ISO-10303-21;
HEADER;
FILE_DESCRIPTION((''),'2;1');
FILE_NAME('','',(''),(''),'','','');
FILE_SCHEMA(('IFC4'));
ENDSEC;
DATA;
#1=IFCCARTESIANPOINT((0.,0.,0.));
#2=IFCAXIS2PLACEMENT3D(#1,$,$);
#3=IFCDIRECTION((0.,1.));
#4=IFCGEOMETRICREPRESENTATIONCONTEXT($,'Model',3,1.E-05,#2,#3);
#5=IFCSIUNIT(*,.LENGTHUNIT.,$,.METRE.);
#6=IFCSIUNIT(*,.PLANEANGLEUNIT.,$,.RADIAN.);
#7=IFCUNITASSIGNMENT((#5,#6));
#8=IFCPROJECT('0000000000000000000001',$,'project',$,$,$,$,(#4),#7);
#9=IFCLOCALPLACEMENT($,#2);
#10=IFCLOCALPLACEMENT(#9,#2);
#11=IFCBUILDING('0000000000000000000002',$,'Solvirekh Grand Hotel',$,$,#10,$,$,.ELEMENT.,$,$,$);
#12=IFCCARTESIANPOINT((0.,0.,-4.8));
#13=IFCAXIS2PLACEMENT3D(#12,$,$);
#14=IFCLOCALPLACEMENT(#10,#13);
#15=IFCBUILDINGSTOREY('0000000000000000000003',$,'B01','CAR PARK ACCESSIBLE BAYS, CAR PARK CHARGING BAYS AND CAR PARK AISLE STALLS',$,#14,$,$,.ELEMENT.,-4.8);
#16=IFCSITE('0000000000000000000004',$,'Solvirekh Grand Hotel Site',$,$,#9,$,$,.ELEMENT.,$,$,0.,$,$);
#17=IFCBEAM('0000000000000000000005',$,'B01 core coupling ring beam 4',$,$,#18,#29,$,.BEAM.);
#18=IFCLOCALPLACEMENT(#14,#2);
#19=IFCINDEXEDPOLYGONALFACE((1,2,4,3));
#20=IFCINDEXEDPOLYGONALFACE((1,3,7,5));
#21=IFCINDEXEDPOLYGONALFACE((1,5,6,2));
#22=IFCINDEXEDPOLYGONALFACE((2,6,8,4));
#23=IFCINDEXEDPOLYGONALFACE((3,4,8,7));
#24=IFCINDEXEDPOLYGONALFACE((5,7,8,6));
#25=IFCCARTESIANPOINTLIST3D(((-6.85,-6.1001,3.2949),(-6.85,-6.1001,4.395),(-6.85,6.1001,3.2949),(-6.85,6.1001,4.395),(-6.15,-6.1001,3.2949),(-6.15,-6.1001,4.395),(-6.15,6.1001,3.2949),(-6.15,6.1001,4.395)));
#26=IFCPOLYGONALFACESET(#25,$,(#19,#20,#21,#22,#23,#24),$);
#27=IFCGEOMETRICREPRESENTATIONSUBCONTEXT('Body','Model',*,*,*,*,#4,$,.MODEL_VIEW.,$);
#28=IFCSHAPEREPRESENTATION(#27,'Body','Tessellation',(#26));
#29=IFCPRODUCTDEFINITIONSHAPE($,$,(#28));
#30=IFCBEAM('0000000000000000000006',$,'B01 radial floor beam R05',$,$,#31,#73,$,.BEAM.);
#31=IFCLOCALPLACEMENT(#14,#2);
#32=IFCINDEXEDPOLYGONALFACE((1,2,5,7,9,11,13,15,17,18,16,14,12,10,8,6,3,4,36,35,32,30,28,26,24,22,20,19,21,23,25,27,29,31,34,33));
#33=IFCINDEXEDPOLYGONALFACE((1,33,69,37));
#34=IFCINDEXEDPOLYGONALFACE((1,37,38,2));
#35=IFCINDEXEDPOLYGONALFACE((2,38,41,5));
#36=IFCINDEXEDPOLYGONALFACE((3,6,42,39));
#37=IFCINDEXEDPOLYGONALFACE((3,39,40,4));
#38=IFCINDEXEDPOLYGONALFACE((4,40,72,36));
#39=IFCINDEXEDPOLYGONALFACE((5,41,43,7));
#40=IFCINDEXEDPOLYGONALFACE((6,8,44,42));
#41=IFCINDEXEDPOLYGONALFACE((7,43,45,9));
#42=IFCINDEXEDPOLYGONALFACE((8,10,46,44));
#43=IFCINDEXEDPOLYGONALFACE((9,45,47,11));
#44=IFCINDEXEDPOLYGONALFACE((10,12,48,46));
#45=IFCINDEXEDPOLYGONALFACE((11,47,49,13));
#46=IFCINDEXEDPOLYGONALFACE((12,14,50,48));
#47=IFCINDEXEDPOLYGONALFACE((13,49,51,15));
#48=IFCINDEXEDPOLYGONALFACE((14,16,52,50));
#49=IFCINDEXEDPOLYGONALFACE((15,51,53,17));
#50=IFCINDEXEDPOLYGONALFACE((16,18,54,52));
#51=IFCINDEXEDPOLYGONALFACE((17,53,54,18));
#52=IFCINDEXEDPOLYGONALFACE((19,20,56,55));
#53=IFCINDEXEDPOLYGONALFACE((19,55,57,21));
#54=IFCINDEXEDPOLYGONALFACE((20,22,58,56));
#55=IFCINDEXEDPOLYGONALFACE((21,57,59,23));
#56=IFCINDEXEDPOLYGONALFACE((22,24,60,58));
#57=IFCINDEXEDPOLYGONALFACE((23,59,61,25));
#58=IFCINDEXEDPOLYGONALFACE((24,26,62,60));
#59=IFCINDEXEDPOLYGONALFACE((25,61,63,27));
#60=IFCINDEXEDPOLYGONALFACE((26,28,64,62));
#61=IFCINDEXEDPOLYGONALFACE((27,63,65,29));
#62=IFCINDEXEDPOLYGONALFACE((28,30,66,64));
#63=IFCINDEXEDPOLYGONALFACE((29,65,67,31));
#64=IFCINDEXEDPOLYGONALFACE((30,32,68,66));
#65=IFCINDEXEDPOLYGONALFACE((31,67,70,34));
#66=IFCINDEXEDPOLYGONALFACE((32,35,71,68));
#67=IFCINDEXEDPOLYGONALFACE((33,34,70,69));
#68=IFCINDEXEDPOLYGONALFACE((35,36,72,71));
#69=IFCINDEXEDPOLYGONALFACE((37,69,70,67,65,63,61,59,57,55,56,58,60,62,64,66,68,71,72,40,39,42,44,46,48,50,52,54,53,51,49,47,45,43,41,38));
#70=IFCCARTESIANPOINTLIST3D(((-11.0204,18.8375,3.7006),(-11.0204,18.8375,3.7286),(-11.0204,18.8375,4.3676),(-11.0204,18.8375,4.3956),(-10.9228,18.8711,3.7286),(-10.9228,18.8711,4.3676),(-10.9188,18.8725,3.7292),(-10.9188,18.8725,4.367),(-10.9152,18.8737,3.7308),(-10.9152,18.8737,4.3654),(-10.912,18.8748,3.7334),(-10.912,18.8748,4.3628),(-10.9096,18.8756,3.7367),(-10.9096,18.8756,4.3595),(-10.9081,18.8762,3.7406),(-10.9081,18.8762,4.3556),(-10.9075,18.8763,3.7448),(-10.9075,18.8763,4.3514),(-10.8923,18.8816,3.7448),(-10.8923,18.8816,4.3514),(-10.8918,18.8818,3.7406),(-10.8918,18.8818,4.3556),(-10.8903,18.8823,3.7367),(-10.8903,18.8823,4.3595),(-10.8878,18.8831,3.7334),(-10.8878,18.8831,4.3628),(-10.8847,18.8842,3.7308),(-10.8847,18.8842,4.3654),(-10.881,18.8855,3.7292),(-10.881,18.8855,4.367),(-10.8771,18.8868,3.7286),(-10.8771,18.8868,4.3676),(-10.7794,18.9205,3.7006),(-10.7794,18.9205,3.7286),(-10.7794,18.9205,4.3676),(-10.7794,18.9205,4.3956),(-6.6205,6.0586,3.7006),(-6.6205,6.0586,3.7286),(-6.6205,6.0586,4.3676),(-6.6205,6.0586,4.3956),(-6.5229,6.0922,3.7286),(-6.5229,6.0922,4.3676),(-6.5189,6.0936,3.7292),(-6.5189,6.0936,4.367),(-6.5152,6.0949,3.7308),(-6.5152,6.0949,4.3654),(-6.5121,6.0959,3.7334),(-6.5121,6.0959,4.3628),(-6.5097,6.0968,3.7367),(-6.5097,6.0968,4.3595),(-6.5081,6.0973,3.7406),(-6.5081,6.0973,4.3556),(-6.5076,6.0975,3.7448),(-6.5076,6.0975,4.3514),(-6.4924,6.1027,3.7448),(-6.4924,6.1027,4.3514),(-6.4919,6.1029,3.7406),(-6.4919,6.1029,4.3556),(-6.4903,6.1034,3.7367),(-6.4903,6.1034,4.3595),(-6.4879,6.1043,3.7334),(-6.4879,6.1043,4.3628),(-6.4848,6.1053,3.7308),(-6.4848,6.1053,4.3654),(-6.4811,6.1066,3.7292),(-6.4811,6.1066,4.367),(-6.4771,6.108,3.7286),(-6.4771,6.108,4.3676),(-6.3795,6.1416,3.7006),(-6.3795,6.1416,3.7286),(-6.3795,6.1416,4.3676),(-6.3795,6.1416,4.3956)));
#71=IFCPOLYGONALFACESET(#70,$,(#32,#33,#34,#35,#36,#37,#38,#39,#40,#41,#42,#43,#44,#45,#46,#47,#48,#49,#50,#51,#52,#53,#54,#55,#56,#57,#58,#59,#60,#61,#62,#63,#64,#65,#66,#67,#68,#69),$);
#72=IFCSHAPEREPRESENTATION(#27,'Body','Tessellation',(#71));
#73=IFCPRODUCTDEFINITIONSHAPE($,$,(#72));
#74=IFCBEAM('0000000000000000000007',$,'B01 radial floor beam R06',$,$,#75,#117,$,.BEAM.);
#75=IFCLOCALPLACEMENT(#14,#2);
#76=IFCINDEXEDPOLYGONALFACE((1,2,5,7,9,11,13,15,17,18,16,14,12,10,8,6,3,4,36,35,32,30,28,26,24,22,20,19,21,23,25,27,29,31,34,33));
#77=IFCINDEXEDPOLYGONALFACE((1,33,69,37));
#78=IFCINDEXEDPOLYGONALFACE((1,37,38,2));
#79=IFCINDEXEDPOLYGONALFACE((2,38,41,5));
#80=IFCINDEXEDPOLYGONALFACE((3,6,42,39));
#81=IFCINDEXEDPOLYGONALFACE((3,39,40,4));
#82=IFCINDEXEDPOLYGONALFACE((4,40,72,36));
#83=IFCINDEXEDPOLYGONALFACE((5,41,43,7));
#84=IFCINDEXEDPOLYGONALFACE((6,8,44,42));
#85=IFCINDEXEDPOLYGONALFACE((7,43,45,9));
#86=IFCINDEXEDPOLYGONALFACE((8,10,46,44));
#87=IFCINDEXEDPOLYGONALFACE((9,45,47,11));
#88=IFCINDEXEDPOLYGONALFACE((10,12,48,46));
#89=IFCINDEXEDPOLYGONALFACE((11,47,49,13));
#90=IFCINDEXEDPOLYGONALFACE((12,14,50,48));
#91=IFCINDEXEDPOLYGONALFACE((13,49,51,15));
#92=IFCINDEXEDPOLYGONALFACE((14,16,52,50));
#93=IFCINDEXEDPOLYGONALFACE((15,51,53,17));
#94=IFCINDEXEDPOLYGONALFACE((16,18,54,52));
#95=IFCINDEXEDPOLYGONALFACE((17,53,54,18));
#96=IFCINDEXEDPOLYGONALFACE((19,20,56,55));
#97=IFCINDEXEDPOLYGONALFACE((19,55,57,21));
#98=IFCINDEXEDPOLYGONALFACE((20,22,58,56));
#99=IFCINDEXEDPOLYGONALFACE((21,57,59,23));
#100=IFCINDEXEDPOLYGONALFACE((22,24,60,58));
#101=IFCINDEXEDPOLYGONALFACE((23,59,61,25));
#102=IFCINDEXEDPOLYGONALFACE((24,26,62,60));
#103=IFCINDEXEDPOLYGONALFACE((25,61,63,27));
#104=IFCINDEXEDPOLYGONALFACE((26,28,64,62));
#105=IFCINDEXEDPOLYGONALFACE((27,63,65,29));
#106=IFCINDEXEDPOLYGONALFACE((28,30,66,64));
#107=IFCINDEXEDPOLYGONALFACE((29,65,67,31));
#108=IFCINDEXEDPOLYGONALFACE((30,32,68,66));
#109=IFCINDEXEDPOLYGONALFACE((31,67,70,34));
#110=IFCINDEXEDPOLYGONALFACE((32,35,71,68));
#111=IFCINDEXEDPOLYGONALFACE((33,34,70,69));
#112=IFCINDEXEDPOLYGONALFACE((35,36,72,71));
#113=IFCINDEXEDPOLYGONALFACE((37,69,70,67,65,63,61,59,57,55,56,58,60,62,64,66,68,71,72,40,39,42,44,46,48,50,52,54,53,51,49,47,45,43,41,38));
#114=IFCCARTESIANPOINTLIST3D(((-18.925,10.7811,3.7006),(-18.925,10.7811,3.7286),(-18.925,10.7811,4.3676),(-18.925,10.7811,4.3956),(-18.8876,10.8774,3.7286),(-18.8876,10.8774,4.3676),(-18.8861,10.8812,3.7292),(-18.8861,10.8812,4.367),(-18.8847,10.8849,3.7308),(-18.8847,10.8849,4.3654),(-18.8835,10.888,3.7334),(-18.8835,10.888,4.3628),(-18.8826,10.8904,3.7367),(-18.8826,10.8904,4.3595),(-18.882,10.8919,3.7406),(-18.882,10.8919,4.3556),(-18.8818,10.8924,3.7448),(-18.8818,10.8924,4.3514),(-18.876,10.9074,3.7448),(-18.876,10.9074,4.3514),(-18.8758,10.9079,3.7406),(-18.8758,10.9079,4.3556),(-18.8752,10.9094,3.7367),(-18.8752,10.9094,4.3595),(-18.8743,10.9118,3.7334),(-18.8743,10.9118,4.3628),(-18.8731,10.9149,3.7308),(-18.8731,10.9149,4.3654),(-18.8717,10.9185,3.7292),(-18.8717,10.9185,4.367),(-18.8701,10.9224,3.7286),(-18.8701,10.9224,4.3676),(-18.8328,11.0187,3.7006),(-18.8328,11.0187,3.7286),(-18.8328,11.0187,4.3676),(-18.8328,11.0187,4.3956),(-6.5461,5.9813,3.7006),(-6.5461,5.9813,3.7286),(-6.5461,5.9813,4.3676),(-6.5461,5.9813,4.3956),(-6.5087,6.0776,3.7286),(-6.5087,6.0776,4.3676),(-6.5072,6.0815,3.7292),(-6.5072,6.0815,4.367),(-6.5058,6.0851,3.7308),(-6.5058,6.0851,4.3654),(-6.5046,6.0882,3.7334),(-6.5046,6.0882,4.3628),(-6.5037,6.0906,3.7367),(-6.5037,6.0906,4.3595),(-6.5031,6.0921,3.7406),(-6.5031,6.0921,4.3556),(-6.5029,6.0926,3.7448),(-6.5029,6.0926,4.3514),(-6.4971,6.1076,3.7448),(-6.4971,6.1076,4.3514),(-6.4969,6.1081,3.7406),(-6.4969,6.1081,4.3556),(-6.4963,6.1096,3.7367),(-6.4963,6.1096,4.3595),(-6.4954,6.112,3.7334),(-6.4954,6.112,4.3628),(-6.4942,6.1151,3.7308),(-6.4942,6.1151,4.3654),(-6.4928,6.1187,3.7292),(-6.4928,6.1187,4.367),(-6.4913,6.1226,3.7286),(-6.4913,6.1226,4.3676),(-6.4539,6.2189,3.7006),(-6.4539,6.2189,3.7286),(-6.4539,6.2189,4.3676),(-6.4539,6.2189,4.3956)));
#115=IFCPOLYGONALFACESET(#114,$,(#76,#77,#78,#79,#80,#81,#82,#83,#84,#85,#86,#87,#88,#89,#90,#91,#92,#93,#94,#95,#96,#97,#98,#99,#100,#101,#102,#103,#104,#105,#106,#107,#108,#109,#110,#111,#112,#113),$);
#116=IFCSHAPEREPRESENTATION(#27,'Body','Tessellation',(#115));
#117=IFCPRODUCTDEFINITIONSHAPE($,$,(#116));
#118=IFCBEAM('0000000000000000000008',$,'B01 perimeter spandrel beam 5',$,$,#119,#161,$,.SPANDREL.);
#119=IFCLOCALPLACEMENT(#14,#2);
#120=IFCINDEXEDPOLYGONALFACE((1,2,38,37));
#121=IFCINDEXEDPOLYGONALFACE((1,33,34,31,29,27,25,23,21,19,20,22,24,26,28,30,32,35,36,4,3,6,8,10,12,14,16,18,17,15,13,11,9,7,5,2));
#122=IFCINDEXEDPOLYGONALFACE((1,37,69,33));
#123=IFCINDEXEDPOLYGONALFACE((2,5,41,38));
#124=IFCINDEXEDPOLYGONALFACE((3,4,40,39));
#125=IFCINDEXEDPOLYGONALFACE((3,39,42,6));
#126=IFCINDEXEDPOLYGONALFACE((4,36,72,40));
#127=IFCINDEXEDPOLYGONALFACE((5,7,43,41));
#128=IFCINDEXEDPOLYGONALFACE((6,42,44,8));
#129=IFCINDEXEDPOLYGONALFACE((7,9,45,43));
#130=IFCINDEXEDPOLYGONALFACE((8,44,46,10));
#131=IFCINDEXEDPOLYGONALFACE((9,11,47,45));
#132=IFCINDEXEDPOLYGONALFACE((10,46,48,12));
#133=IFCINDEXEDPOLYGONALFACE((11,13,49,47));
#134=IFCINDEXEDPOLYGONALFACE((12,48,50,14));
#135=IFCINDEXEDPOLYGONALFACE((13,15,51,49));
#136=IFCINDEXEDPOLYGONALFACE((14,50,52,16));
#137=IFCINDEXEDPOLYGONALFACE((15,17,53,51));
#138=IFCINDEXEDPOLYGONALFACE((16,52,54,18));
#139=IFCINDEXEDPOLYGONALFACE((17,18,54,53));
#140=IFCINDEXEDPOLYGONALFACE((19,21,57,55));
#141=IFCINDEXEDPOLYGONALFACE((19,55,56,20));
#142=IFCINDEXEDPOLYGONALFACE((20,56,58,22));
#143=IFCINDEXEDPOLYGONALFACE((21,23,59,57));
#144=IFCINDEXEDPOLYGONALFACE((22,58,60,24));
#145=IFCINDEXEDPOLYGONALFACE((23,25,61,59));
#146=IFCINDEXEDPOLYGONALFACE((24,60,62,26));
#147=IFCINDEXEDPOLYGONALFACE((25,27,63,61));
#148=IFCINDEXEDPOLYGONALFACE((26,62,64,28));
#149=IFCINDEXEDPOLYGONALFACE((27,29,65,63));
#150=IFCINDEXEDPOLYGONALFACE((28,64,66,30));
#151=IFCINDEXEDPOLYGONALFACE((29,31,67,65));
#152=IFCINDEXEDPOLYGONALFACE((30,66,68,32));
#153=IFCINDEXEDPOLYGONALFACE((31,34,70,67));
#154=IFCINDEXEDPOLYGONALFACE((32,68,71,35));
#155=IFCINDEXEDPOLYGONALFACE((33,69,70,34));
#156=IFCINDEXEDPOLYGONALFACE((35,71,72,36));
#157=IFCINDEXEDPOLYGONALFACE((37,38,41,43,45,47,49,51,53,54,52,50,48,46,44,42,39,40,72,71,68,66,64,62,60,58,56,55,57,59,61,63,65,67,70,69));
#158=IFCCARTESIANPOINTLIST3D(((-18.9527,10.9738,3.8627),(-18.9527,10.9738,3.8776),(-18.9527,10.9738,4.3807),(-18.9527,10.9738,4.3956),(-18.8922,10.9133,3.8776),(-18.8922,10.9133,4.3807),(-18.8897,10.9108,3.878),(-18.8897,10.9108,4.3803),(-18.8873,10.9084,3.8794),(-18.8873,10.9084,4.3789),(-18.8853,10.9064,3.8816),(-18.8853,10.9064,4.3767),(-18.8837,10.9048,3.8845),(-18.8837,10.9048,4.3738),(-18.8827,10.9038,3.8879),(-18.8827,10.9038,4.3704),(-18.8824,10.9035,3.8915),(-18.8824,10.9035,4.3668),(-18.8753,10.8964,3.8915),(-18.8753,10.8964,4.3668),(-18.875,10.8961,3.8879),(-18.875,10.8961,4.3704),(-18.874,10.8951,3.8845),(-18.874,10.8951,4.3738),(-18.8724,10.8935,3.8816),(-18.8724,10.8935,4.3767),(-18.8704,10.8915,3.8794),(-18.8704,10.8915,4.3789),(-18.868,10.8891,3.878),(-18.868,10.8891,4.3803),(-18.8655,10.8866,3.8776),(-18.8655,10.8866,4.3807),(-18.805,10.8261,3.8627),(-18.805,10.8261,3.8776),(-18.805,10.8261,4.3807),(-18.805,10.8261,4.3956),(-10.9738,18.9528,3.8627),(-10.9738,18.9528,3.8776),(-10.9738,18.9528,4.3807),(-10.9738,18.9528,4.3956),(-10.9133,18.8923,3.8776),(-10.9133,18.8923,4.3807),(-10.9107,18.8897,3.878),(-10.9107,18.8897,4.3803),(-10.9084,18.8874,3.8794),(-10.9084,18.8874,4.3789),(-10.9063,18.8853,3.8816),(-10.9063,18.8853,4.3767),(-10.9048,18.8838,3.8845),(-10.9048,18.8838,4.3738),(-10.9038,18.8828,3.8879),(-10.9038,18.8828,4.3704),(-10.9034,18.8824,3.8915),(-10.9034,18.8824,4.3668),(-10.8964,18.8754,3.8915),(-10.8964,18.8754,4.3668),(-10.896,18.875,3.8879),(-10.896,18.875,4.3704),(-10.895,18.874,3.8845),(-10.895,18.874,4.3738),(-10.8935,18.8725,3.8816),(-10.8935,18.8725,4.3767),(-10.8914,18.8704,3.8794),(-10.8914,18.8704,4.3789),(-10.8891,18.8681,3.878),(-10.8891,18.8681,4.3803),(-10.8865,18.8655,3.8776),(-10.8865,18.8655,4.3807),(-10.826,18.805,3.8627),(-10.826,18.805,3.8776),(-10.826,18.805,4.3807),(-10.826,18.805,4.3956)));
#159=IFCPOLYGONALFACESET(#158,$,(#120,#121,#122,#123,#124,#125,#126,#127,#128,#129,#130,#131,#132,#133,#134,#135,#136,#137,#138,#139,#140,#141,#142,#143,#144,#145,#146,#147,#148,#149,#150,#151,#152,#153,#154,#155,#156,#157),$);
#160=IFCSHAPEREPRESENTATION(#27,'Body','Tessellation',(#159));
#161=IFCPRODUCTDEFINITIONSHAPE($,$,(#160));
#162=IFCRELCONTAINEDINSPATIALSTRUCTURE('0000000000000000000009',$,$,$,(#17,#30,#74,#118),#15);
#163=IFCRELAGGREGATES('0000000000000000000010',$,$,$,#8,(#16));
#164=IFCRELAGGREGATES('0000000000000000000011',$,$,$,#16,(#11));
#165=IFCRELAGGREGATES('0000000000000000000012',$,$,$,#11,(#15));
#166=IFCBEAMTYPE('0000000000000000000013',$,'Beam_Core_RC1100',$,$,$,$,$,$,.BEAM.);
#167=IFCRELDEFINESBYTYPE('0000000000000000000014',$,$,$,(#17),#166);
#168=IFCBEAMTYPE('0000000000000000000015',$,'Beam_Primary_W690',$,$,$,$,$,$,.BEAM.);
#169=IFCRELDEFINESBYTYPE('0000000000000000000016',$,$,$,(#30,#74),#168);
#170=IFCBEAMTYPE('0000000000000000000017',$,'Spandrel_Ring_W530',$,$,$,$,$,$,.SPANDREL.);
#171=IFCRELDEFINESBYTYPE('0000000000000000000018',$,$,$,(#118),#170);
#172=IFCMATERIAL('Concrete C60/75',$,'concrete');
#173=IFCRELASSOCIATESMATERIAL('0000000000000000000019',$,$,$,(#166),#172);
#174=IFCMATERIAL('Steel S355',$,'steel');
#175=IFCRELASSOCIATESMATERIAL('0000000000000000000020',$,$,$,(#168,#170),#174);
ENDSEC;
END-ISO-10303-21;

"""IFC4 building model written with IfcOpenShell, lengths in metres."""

from ifc_helpers import new_model, si_unit, direction, frame, origin, origin_2d, place, context, subcontext, project, spatial, rectangle, i_section, extrude, material, material_profile, profile_set, type_object, element, save


model = new_model("IFC4")

# Units and contexts
model_context = context("Model", 3, precision=1e-05, world=origin(), true_north=direction((0.0, 1.0)))
body_context = subcontext(model_context, "Body", "Model", "MODEL_VIEW")
ifc_project = project(units=[si_unit("LENGTHUNIT", "METRE"), si_unit("PLANEANGLEUNIT", "RADIAN")], contexts=[model_context])

# Site, building, storey
site_placement = place(None, origin())
site = spatial("IfcSite", under=ifc_project, at=site_placement, Name="Solvirekh Grand Hotel Site", CompositionType="ELEMENT", RefElevation=0.0)
building_placement = place(site_placement, origin())
building = spatial("IfcBuilding", under=site, at=building_placement, Name="Solvirekh Grand Hotel", CompositionType="ELEMENT")
storey_placement = place(building_placement, frame((0.0, 0.0, -4.8)))
storey = spatial("IfcBuildingStorey", under=building, at=storey_placement, Name="B01", Description="CAR PARK ACCESSIBLE BAYS, CAR PARK CHARGING BAYS AND CAR PARK AISLE STALLS", CompositionType="ELEMENT", Elevation=-4.8)

# Shared definitions
ifc_material_1 = material(Name="Concrete C60/75", Category="concrete")

# Beams
ifc_material_profile_1 = material_profile(ifc_material_1, rectangle(XDim=0.7, YDim=1.1001, at=origin_2d()), Name="RC BEAM 700X1100")
ifc_profile_set_1 = profile_set([ifc_material_profile_1], Name="Concrete C60/75")
beam_type_1 = type_object("IfcBeamType", Name="Beam_Core_RC1100", PredefinedType="BEAM", material=ifc_profile_set_1)
beam_1_placement = place(storey_placement, frame((-6.5, 6.1001, 3.845), z_axis=(0.0, -1.0, 0.0), x_axis=(1.0, 0.0, 0.0)))
element("IfcBeam", 1, at=beam_1_placement, inside=storey, type_object=beam_type_1, Name="B01 core coupling ring beam 4", PredefinedType="BEAM", context=body_context, shape_type="SweptSolid", body=[
    extrude(rectangle(XDim=0.7, YDim=1.1001, at=origin_2d()), origin(), (0.0, 0.0, 1.0), 12.2002),
])
ifc_material_2 = material(Name="Steel S355", Category="steel")
ifc_material_profile_2 = material_profile(ifc_material_2, i_section(OverallWidth=0.2549, OverallDepth=0.6951, WebThickness=0.0161, FlangeThickness=0.0281, FilletRadius=0.0161, at=origin_2d()), Name="W690X217")
ifc_profile_set_2 = profile_set([ifc_material_profile_2], Name="Steel S355")
beam_type_2 = type_object("IfcBeamType", Name="Beam_Primary_W690", PredefinedType="BEAM", material=ifc_profile_set_2)
beam_2_placement = place(storey_placement, frame((-6.5, 6.1001, 4.0481), z_axis=(-0.325555, 0.945523, 0.0), x_axis=(-0.945523, -0.325555, 0.0)))
element("IfcBeam", 2, at=beam_2_placement, inside=storey, type_object=beam_type_2, Name="B01 radial floor beam R05", PredefinedType="BEAM", context=body_context, shape_type="SweptSolid", body=[
    extrude(i_section(OverallWidth=0.2549, OverallDepth=0.6951, WebThickness=0.0161, FlangeThickness=0.0281, FilletRadius=0.0161, at=origin_2d()), origin(), (0.0, 0.0, 1.0), 13.5151),
])
beam_3_placement = place(storey_placement, frame((-6.5, 6.1001, 4.0481), z_axis=(-0.932366, 0.361516, 0.0), x_axis=(-0.361516, -0.932366, 0.0)))
element("IfcBeam", 3, at=beam_3_placement, inside=storey, type_object=beam_type_2, Name="B01 radial floor beam R06", PredefinedType="BEAM", context=body_context, shape_type="SweptSolid", body=[
    extrude(i_section(OverallWidth=0.2549, OverallDepth=0.6951, WebThickness=0.0161, FlangeThickness=0.0281, FilletRadius=0.0161, at=origin_2d()), origin(), (0.0, 0.0, 1.0), 13.2769),
])
ifc_material_profile_3 = material_profile(ifc_material_2, i_section(OverallWidth=0.209, OverallDepth=0.533, WebThickness=0.01, FlangeThickness=0.0149, FilletRadius=0.0139, at=origin_2d()), Name="W530X92")
ifc_profile_set_3 = profile_set([ifc_material_profile_3], Name="Steel S355")
beam_type_3 = type_object("IfcBeamType", Name="Spandrel_Ring_W530", PredefinedType="SPANDREL", material=ifc_profile_set_3)
beam_4_placement = place(storey_placement, frame((-10.8999, 18.8789, 4.1292), z_axis=(-0.707107, -0.707107, 0.0), x_axis=(0.707107, -0.707107, 0.0)))
element("IfcBeam", 4, at=beam_4_placement, inside=storey, type_object=beam_type_3, Name="B01 perimeter spandrel beam 5", PredefinedType="SPANDREL", context=body_context, shape_type="SweptSolid", body=[
    extrude(i_section(OverallWidth=0.209, OverallDepth=0.533, WebThickness=0.01, FlangeThickness=0.0149, FilletRadius=0.0139, at=origin_2d()), origin(), (0.0, 0.0, 1.0), 11.2839),
])

save(model, "model.ifc")
